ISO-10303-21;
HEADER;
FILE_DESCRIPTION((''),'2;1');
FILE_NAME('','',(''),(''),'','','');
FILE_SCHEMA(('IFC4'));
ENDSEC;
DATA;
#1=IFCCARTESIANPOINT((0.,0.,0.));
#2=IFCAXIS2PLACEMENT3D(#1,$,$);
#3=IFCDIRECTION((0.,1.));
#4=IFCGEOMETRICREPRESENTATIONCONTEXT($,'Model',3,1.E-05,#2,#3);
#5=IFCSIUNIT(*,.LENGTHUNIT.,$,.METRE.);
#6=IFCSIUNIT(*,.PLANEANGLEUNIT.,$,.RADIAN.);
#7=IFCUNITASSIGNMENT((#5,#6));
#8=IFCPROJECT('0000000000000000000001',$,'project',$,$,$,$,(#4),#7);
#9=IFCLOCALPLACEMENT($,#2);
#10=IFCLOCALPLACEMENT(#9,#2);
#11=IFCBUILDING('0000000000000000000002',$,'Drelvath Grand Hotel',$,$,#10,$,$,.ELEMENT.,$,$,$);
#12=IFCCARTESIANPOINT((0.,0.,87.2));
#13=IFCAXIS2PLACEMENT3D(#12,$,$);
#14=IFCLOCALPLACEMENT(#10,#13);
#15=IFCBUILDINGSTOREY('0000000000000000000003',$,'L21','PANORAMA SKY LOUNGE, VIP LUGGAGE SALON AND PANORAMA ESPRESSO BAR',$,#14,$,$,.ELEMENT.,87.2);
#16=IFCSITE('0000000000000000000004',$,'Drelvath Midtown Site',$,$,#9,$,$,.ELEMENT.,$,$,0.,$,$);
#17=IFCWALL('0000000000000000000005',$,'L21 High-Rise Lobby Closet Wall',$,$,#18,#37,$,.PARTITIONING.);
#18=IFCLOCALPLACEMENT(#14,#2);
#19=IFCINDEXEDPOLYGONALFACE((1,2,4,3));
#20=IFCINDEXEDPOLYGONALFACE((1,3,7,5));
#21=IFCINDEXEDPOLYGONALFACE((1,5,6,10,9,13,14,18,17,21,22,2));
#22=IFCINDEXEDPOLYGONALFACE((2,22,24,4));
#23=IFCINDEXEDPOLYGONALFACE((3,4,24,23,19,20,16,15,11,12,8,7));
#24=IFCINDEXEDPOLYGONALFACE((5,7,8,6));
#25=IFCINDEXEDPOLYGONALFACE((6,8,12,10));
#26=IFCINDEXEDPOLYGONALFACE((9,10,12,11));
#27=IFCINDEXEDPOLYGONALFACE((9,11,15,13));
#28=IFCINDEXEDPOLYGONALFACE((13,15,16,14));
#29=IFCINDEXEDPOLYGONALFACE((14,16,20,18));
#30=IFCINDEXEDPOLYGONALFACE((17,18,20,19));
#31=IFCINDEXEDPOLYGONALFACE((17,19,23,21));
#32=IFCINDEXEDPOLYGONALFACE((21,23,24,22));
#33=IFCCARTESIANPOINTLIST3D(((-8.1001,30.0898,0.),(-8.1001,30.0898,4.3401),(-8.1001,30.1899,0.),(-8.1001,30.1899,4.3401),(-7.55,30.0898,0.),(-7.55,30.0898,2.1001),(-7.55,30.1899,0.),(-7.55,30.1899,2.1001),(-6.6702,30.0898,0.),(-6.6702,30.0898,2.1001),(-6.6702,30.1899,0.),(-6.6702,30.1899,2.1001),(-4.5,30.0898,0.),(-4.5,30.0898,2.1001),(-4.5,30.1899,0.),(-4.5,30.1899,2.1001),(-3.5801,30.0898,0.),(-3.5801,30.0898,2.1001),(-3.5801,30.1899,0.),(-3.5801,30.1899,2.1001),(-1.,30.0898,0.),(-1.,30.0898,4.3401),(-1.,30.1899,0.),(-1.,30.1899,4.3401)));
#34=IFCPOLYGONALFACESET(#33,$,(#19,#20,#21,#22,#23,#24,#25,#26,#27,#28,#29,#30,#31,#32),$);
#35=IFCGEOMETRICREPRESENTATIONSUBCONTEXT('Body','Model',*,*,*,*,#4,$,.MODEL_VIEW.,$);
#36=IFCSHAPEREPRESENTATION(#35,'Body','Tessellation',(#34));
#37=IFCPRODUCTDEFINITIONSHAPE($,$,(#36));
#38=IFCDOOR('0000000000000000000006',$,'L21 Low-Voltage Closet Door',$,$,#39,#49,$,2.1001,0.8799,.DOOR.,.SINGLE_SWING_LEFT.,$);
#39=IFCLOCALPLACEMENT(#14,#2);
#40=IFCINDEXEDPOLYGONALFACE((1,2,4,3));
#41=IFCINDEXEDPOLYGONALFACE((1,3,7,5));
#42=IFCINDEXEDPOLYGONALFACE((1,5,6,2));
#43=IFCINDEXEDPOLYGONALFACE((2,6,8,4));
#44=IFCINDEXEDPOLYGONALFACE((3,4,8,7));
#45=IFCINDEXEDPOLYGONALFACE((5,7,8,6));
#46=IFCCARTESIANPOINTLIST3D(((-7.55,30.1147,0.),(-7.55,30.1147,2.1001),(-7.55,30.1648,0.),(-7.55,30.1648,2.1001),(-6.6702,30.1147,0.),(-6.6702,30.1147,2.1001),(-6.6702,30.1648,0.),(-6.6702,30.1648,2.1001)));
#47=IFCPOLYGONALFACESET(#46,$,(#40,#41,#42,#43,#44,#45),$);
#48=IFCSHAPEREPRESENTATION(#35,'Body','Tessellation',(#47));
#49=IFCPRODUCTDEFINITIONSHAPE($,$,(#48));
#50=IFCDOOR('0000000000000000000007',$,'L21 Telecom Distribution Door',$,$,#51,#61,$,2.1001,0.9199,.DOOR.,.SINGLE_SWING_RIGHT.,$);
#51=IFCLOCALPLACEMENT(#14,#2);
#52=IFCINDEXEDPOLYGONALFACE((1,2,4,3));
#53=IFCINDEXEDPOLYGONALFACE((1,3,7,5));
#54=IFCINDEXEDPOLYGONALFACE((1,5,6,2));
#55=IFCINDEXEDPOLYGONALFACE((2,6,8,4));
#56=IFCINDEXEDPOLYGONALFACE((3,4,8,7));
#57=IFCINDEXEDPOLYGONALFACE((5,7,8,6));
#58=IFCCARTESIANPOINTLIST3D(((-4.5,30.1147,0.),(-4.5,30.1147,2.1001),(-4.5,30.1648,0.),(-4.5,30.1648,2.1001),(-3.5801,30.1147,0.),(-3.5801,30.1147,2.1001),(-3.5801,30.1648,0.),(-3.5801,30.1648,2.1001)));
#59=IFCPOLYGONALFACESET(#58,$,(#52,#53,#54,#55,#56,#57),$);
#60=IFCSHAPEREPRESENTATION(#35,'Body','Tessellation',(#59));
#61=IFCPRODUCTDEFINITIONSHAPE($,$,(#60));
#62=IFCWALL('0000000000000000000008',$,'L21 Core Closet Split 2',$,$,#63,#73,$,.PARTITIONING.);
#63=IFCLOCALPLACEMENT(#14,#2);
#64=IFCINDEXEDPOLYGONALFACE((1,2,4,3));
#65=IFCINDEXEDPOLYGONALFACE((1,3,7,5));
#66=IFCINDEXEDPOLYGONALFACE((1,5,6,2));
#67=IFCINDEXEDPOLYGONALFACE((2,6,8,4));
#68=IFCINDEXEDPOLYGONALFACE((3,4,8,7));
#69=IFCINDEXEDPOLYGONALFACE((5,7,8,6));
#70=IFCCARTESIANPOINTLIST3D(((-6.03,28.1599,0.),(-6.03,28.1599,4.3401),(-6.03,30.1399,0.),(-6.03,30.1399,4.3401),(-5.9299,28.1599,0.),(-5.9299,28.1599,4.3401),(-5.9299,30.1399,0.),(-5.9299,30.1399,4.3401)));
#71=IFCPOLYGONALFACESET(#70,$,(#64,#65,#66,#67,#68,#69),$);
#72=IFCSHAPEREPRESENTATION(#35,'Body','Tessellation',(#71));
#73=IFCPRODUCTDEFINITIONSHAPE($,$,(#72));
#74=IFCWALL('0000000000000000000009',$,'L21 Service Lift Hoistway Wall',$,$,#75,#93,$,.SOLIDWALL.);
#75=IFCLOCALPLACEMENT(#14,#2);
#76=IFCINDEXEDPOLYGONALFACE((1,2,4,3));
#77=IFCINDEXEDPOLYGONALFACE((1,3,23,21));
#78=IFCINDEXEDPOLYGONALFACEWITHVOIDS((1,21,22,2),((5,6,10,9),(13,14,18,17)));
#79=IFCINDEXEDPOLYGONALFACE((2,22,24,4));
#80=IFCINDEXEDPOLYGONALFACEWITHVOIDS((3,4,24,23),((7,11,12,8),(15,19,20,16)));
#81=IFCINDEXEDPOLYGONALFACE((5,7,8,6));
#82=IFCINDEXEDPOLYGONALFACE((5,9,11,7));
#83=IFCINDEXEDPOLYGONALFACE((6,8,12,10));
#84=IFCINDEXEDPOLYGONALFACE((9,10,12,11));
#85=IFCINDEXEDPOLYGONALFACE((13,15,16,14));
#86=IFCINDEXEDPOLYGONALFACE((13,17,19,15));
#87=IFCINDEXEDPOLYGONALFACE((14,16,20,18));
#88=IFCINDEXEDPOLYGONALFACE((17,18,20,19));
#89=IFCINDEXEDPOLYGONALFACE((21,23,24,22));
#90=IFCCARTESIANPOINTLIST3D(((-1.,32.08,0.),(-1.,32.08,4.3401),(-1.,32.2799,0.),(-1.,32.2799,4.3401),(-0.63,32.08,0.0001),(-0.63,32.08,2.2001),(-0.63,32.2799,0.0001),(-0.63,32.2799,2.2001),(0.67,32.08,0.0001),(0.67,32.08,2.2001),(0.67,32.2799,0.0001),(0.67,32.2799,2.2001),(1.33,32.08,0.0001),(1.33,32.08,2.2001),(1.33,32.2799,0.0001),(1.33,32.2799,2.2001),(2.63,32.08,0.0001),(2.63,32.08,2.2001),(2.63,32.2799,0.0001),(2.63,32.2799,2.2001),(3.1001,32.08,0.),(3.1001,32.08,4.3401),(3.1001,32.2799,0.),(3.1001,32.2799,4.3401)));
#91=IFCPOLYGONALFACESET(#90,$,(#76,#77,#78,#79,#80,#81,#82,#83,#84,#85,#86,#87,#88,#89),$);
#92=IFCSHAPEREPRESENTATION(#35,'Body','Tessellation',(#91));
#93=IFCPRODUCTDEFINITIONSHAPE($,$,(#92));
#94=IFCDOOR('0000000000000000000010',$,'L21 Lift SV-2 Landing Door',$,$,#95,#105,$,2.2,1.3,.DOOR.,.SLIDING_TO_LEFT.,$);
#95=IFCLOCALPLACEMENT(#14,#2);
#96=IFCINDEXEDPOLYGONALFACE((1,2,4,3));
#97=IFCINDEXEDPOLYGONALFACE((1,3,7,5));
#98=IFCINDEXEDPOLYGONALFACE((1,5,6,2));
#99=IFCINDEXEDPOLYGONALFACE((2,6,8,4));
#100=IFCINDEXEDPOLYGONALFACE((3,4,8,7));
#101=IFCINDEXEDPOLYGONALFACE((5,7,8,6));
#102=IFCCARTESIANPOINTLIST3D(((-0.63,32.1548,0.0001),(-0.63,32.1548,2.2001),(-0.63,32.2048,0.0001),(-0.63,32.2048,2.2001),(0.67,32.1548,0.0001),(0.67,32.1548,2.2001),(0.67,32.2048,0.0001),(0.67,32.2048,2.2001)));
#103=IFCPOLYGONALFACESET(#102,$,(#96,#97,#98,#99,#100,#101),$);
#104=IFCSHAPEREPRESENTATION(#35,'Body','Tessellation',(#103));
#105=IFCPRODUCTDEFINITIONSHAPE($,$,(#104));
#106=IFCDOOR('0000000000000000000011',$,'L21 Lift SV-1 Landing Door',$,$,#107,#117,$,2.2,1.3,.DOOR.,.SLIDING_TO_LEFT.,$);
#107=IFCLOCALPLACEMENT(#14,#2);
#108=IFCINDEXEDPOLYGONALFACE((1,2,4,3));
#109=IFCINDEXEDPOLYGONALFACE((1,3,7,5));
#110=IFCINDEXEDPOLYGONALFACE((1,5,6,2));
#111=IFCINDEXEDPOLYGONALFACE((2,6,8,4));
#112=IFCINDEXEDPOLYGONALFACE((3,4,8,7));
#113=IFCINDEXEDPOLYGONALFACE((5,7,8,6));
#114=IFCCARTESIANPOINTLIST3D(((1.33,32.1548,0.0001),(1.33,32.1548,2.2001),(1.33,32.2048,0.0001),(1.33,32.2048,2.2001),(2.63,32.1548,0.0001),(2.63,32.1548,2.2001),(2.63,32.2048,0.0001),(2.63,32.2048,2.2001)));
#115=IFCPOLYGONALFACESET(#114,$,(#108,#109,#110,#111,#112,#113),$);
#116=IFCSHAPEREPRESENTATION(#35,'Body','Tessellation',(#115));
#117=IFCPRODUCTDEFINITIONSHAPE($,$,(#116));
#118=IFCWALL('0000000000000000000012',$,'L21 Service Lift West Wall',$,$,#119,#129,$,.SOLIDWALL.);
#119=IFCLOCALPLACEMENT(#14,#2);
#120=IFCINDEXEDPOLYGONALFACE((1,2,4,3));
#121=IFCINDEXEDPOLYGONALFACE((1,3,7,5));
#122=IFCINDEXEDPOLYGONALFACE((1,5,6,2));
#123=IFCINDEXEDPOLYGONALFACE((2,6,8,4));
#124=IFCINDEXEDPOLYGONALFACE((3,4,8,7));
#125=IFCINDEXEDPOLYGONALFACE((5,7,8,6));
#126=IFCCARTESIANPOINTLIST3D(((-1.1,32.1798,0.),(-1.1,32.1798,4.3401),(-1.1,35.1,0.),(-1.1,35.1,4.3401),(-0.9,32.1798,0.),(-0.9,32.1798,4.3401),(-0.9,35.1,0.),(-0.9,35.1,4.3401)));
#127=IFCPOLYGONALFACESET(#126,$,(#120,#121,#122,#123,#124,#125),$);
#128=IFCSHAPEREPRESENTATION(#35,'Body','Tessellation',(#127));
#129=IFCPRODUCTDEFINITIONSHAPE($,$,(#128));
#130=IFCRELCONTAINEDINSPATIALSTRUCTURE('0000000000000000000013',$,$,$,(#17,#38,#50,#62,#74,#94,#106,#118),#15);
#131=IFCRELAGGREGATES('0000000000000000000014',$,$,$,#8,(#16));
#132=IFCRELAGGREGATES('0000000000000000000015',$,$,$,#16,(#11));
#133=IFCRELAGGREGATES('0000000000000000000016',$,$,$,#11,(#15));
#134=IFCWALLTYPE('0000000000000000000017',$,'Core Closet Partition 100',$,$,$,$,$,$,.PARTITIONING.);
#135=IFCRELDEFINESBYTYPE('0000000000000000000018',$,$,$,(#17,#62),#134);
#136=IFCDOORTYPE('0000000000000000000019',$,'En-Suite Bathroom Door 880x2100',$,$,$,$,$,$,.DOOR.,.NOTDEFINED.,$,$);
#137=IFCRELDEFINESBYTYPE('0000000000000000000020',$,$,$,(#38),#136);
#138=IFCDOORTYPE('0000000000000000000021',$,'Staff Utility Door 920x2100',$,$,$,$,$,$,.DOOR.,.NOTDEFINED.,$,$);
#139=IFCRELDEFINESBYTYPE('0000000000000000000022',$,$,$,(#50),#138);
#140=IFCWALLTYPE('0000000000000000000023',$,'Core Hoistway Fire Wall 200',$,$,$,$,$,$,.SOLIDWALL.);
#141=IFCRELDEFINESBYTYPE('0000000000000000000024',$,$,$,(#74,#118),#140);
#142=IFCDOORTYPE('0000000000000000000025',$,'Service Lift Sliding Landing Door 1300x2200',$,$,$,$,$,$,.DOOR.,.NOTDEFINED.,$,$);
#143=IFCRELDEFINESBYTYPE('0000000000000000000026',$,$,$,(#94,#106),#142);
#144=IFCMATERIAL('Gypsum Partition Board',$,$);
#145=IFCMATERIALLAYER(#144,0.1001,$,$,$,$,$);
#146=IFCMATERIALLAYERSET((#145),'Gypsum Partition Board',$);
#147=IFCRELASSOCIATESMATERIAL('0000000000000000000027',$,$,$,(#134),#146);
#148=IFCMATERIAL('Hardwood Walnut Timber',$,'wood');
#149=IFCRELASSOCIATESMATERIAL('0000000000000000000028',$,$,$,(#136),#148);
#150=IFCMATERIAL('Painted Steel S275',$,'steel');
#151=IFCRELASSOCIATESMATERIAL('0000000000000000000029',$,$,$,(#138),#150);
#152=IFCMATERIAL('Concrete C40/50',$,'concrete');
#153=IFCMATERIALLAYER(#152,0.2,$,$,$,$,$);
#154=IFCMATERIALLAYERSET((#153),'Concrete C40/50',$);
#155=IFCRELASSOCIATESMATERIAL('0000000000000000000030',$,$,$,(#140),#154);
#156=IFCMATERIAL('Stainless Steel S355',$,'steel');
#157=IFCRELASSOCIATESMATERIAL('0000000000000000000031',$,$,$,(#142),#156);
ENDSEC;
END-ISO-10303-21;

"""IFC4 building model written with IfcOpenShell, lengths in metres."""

from ifc_helpers import new_model, si_unit, direction, frame, frame_2d, origin, place, context, subcontext, project, spatial, rectangle, extrude, material, layer, layer_set, type_object, element, fill, save


model = new_model("IFC4")

# Units and contexts
model_context = context("Model", 3, precision=1e-05, world=origin(), true_north=direction((0.0, 1.0)))
body_context = subcontext(model_context, "Body", "Model", "MODEL_VIEW")
ifc_project = project(units=[si_unit("LENGTHUNIT", "METRE"), si_unit("PLANEANGLEUNIT", "RADIAN")], contexts=[model_context])

# Site, building, storey
site_placement = place(None, origin())
site = spatial("IfcSite", under=ifc_project, at=site_placement, Name="Drelvath Midtown Site", CompositionType="ELEMENT", RefElevation=0.0)
building_placement = place(site_placement, origin())
building = spatial("IfcBuilding", under=site, at=building_placement, Name="Drelvath Grand Hotel", CompositionType="ELEMENT")
storey_placement = place(building_placement, frame((0.0, 0.0, 87.2)))
storey = spatial("IfcBuildingStorey", under=building, at=storey_placement, Name="L21", Description="PANORAMA SKY LOUNGE, VIP LUGGAGE SALON AND PANORAMA ESPRESSO BAR", CompositionType="ELEMENT", Elevation=87.2)

# Wall, openings, doors
ifc_material_1 = material(Name="Gypsum Partition Board")
ifc_layer_1 = layer(ifc_material_1, 0.1001)
ifc_layer_set_1 = layer_set([ifc_layer_1], Name="Gypsum Partition Board")
wall_type_1 = type_object("IfcWallType", Name="Core Closet Partition 100", PredefinedType="PARTITIONING", material=ifc_layer_set_1)
wall_1_placement = place(storey_placement, frame((-8.1001, 30.1399, 0.0), z_axis=(0.0, 0.0, 1.0), x_axis=(1.0, 0.0, 0.0)))
wall_1 = element("IfcWall", 1, at=wall_1_placement, inside=storey, type_object=wall_type_1, Name="L21 High-Rise Lobby Closet Wall", PredefinedType="PARTITIONING", context=body_context, shape_type="SweptSolid", body=[
    extrude(rectangle(XDim=7.1001, YDim=0.1001, at=frame_2d((3.55, 0.0))), origin(), (0.0, 0.0, 1.0), 4.3401),
])
opening_1_placement = place(wall_1_placement, frame((0.55, 0.0, 0.0)))
opening_1 = element("IfcOpeningElement", 2, at=opening_1_placement, cuts=wall_1, PredefinedType="OPENING", context=body_context, shape_type="SweptSolid", body=[
    extrude(rectangle(XDim=0.8799, YDim=2.1001, at=frame_2d((0.4399, 1.05))), frame((0.0, 0.0601, 0.0), z_axis=(0.0, -1.0, 0.0), x_axis=(1.0, 0.0, 0.0)), (0.0, 0.0, 1.0), 0.1201),
])
opening_2_placement = place(wall_1_placement, frame((3.6001, 0.0, 0.0)))
opening_2 = element("IfcOpeningElement", 3, at=opening_2_placement, cuts=wall_1, PredefinedType="OPENING", context=body_context, shape_type="SweptSolid", body=[
    extrude(rectangle(XDim=0.9199, YDim=2.1001, at=frame_2d((0.46, 1.05))), frame((0.0, 0.0601, 0.0), z_axis=(0.0, -1.0, 0.0), x_axis=(1.0, 0.0, 0.0)), (0.0, 0.0, 1.0), 0.1201),
])
ifc_material_2 = material(Name="Hardwood Walnut Timber", Category="wood")
door_type_1 = type_object("IfcDoorType", Name="En-Suite Bathroom Door 880x2100", OperationType="NOTDEFINED", PredefinedType="DOOR", material=ifc_material_2)
door_1_placement = place(opening_1_placement, origin())
door_1 = element("IfcDoor", 4, at=door_1_placement, inside=storey, type_object=door_type_1, Name="L21 Low-Voltage Closet Door", OperationType="SINGLE_SWING_LEFT", OverallHeight=2.1001, OverallWidth=0.8799, PredefinedType="DOOR", context=body_context, shape_type="SweptSolid", body=[
    extrude(rectangle(XDim=0.8799, YDim=2.1001, at=frame_2d((0.4399, 1.05))), frame((0.0, 0.0249, 0.0), z_axis=(0.0, -1.0, 0.0), x_axis=(1.0, 0.0, 0.0)), (0.0, 0.0, 1.0), 0.05),
])
fill(opening_1, door_1)
ifc_material_3 = material(Name="Painted Steel S275", Category="steel")
door_type_2 = type_object("IfcDoorType", Name="Staff Utility Door 920x2100", OperationType="NOTDEFINED", PredefinedType="DOOR", material=ifc_material_3)
door_2_placement = place(opening_2_placement, origin())
door_2 = element("IfcDoor", 5, at=door_2_placement, inside=storey, type_object=door_type_2, Name="L21 Telecom Distribution Door", OperationType="SINGLE_SWING_RIGHT", OverallHeight=2.1001, OverallWidth=0.9199, PredefinedType="DOOR", context=body_context, shape_type="SweptSolid", body=[
    extrude(rectangle(XDim=0.9199, YDim=2.1001, at=frame_2d((0.46, 1.05))), frame((0.0, 0.0249, 0.0), z_axis=(0.0, -1.0, 0.0), x_axis=(1.0, 0.0, 0.0)), (0.0, 0.0, 1.0), 0.05),
])
fill(opening_2, door_2)

# Wall
wall_2_placement = place(storey_placement, frame((-5.98, 28.1599, 0.0), z_axis=(0.0, 0.0, 1.0), x_axis=(0.0, 1.0, 0.0)))
element("IfcWall", 6, at=wall_2_placement, inside=storey, type_object=wall_type_1, Name="L21 Core Closet Split 2", PredefinedType="PARTITIONING", context=body_context, shape_type="SweptSolid", body=[
    extrude(rectangle(XDim=1.98, YDim=0.1001, at=frame_2d((0.99, 0.0))), origin(), (0.0, 0.0, 1.0), 4.3401),
])

# Wall, openings, doors
ifc_material_4 = material(Name="Concrete C40/50", Category="concrete")
ifc_layer_2 = layer(ifc_material_4, 0.2)
ifc_layer_set_2 = layer_set([ifc_layer_2], Name="Concrete C40/50")
wall_type_2 = type_object("IfcWallType", Name="Core Hoistway Fire Wall 200", PredefinedType="SOLIDWALL", material=ifc_layer_set_2)
wall_3_placement = place(storey_placement, frame((-1.0, 32.1799, 0.0), z_axis=(0.0, 0.0, 1.0), x_axis=(1.0, 0.0, 0.0)))
wall_3 = element("IfcWall", 7, at=wall_3_placement, inside=storey, type_object=wall_type_2, Name="L21 Service Lift Hoistway Wall", PredefinedType="SOLIDWALL", context=body_context, shape_type="SweptSolid", body=[
    extrude(rectangle(XDim=4.1001, YDim=0.2, at=frame_2d((2.05, 0.0))), origin(), (0.0, 0.0, 1.0), 4.3401),
])
opening_3_placement = place(wall_3_placement, frame((0.3701, 0.0, 0.0)))
opening_3 = element("IfcOpeningElement", 8, at=opening_3_placement, cuts=wall_3, PredefinedType="OPENING", context=body_context, shape_type="SweptSolid", body=[
    extrude(rectangle(XDim=1.3, YDim=2.2, at=frame_2d((0.6499, 1.1001))), frame((0.0, 0.1099, 0.0), z_axis=(0.0, -1.0, 0.0), x_axis=(1.0, 0.0, 0.0)), (0.0, 0.0, 1.0), 0.22),
])
opening_4_placement = place(wall_3_placement, frame((2.3301, 0.0, 0.0)))
opening_4 = element("IfcOpeningElement", 9, at=opening_4_placement, cuts=wall_3, PredefinedType="OPENING", context=body_context, shape_type="SweptSolid", body=[
    extrude(rectangle(XDim=1.3, YDim=2.2, at=frame_2d((0.6499, 1.1001))), frame((0.0, 0.1099, 0.0), z_axis=(0.0, -1.0, 0.0), x_axis=(1.0, 0.0, 0.0)), (0.0, 0.0, 1.0), 0.22),
])
ifc_material_5 = material(Name="Stainless Steel S355", Category="steel")
door_type_3 = type_object("IfcDoorType", Name="Service Lift Sliding Landing Door 1300x2200", OperationType="NOTDEFINED", PredefinedType="DOOR", material=ifc_material_5)
door_3_placement = place(opening_3_placement, origin())
door_3 = element("IfcDoor", 10, at=door_3_placement, inside=storey, type_object=door_type_3, Name="L21 Lift SV-2 Landing Door", OperationType="SLIDING_TO_LEFT", OverallHeight=2.2, OverallWidth=1.3, PredefinedType="DOOR", context=body_context, shape_type="SweptSolid", body=[
    extrude(rectangle(XDim=1.3, YDim=2.2, at=frame_2d((0.6499, 1.1001))), frame((0.0, 0.0249, 0.0), z_axis=(0.0, -1.0, 0.0), x_axis=(1.0, 0.0, 0.0)), (0.0, 0.0, 1.0), 0.05),
])
fill(opening_3, door_3)
door_4_placement = place(opening_4_placement, origin())
door_4 = element("IfcDoor", 11, at=door_4_placement, inside=storey, type_object=door_type_3, Name="L21 Lift SV-1 Landing Door", OperationType="SLIDING_TO_LEFT", OverallHeight=2.2, OverallWidth=1.3, PredefinedType="DOOR", context=body_context, shape_type="SweptSolid", body=[
    extrude(rectangle(XDim=1.3, YDim=2.2, at=frame_2d((0.6499, 1.1001))), frame((0.0, 0.0249, 0.0), z_axis=(0.0, -1.0, 0.0), x_axis=(1.0, 0.0, 0.0)), (0.0, 0.0, 1.0), 0.05),
])
fill(opening_4, door_4)

# Wall
wall_4_placement = place(storey_placement, frame((-1.0, 32.1799, 0.0), z_axis=(0.0, 0.0, 1.0), x_axis=(0.0, 1.0, 0.0)))
element("IfcWall", 12, at=wall_4_placement, inside=storey, type_object=wall_type_2, Name="L21 Service Lift West Wall", PredefinedType="SOLIDWALL", context=body_context, shape_type="SweptSolid", body=[
    extrude(rectangle(XDim=2.9202, YDim=0.2, at=frame_2d((1.46, 0.0))), origin(), (0.0, 0.0, 1.0), 4.3401),
])

save(model, "model.ifc")
